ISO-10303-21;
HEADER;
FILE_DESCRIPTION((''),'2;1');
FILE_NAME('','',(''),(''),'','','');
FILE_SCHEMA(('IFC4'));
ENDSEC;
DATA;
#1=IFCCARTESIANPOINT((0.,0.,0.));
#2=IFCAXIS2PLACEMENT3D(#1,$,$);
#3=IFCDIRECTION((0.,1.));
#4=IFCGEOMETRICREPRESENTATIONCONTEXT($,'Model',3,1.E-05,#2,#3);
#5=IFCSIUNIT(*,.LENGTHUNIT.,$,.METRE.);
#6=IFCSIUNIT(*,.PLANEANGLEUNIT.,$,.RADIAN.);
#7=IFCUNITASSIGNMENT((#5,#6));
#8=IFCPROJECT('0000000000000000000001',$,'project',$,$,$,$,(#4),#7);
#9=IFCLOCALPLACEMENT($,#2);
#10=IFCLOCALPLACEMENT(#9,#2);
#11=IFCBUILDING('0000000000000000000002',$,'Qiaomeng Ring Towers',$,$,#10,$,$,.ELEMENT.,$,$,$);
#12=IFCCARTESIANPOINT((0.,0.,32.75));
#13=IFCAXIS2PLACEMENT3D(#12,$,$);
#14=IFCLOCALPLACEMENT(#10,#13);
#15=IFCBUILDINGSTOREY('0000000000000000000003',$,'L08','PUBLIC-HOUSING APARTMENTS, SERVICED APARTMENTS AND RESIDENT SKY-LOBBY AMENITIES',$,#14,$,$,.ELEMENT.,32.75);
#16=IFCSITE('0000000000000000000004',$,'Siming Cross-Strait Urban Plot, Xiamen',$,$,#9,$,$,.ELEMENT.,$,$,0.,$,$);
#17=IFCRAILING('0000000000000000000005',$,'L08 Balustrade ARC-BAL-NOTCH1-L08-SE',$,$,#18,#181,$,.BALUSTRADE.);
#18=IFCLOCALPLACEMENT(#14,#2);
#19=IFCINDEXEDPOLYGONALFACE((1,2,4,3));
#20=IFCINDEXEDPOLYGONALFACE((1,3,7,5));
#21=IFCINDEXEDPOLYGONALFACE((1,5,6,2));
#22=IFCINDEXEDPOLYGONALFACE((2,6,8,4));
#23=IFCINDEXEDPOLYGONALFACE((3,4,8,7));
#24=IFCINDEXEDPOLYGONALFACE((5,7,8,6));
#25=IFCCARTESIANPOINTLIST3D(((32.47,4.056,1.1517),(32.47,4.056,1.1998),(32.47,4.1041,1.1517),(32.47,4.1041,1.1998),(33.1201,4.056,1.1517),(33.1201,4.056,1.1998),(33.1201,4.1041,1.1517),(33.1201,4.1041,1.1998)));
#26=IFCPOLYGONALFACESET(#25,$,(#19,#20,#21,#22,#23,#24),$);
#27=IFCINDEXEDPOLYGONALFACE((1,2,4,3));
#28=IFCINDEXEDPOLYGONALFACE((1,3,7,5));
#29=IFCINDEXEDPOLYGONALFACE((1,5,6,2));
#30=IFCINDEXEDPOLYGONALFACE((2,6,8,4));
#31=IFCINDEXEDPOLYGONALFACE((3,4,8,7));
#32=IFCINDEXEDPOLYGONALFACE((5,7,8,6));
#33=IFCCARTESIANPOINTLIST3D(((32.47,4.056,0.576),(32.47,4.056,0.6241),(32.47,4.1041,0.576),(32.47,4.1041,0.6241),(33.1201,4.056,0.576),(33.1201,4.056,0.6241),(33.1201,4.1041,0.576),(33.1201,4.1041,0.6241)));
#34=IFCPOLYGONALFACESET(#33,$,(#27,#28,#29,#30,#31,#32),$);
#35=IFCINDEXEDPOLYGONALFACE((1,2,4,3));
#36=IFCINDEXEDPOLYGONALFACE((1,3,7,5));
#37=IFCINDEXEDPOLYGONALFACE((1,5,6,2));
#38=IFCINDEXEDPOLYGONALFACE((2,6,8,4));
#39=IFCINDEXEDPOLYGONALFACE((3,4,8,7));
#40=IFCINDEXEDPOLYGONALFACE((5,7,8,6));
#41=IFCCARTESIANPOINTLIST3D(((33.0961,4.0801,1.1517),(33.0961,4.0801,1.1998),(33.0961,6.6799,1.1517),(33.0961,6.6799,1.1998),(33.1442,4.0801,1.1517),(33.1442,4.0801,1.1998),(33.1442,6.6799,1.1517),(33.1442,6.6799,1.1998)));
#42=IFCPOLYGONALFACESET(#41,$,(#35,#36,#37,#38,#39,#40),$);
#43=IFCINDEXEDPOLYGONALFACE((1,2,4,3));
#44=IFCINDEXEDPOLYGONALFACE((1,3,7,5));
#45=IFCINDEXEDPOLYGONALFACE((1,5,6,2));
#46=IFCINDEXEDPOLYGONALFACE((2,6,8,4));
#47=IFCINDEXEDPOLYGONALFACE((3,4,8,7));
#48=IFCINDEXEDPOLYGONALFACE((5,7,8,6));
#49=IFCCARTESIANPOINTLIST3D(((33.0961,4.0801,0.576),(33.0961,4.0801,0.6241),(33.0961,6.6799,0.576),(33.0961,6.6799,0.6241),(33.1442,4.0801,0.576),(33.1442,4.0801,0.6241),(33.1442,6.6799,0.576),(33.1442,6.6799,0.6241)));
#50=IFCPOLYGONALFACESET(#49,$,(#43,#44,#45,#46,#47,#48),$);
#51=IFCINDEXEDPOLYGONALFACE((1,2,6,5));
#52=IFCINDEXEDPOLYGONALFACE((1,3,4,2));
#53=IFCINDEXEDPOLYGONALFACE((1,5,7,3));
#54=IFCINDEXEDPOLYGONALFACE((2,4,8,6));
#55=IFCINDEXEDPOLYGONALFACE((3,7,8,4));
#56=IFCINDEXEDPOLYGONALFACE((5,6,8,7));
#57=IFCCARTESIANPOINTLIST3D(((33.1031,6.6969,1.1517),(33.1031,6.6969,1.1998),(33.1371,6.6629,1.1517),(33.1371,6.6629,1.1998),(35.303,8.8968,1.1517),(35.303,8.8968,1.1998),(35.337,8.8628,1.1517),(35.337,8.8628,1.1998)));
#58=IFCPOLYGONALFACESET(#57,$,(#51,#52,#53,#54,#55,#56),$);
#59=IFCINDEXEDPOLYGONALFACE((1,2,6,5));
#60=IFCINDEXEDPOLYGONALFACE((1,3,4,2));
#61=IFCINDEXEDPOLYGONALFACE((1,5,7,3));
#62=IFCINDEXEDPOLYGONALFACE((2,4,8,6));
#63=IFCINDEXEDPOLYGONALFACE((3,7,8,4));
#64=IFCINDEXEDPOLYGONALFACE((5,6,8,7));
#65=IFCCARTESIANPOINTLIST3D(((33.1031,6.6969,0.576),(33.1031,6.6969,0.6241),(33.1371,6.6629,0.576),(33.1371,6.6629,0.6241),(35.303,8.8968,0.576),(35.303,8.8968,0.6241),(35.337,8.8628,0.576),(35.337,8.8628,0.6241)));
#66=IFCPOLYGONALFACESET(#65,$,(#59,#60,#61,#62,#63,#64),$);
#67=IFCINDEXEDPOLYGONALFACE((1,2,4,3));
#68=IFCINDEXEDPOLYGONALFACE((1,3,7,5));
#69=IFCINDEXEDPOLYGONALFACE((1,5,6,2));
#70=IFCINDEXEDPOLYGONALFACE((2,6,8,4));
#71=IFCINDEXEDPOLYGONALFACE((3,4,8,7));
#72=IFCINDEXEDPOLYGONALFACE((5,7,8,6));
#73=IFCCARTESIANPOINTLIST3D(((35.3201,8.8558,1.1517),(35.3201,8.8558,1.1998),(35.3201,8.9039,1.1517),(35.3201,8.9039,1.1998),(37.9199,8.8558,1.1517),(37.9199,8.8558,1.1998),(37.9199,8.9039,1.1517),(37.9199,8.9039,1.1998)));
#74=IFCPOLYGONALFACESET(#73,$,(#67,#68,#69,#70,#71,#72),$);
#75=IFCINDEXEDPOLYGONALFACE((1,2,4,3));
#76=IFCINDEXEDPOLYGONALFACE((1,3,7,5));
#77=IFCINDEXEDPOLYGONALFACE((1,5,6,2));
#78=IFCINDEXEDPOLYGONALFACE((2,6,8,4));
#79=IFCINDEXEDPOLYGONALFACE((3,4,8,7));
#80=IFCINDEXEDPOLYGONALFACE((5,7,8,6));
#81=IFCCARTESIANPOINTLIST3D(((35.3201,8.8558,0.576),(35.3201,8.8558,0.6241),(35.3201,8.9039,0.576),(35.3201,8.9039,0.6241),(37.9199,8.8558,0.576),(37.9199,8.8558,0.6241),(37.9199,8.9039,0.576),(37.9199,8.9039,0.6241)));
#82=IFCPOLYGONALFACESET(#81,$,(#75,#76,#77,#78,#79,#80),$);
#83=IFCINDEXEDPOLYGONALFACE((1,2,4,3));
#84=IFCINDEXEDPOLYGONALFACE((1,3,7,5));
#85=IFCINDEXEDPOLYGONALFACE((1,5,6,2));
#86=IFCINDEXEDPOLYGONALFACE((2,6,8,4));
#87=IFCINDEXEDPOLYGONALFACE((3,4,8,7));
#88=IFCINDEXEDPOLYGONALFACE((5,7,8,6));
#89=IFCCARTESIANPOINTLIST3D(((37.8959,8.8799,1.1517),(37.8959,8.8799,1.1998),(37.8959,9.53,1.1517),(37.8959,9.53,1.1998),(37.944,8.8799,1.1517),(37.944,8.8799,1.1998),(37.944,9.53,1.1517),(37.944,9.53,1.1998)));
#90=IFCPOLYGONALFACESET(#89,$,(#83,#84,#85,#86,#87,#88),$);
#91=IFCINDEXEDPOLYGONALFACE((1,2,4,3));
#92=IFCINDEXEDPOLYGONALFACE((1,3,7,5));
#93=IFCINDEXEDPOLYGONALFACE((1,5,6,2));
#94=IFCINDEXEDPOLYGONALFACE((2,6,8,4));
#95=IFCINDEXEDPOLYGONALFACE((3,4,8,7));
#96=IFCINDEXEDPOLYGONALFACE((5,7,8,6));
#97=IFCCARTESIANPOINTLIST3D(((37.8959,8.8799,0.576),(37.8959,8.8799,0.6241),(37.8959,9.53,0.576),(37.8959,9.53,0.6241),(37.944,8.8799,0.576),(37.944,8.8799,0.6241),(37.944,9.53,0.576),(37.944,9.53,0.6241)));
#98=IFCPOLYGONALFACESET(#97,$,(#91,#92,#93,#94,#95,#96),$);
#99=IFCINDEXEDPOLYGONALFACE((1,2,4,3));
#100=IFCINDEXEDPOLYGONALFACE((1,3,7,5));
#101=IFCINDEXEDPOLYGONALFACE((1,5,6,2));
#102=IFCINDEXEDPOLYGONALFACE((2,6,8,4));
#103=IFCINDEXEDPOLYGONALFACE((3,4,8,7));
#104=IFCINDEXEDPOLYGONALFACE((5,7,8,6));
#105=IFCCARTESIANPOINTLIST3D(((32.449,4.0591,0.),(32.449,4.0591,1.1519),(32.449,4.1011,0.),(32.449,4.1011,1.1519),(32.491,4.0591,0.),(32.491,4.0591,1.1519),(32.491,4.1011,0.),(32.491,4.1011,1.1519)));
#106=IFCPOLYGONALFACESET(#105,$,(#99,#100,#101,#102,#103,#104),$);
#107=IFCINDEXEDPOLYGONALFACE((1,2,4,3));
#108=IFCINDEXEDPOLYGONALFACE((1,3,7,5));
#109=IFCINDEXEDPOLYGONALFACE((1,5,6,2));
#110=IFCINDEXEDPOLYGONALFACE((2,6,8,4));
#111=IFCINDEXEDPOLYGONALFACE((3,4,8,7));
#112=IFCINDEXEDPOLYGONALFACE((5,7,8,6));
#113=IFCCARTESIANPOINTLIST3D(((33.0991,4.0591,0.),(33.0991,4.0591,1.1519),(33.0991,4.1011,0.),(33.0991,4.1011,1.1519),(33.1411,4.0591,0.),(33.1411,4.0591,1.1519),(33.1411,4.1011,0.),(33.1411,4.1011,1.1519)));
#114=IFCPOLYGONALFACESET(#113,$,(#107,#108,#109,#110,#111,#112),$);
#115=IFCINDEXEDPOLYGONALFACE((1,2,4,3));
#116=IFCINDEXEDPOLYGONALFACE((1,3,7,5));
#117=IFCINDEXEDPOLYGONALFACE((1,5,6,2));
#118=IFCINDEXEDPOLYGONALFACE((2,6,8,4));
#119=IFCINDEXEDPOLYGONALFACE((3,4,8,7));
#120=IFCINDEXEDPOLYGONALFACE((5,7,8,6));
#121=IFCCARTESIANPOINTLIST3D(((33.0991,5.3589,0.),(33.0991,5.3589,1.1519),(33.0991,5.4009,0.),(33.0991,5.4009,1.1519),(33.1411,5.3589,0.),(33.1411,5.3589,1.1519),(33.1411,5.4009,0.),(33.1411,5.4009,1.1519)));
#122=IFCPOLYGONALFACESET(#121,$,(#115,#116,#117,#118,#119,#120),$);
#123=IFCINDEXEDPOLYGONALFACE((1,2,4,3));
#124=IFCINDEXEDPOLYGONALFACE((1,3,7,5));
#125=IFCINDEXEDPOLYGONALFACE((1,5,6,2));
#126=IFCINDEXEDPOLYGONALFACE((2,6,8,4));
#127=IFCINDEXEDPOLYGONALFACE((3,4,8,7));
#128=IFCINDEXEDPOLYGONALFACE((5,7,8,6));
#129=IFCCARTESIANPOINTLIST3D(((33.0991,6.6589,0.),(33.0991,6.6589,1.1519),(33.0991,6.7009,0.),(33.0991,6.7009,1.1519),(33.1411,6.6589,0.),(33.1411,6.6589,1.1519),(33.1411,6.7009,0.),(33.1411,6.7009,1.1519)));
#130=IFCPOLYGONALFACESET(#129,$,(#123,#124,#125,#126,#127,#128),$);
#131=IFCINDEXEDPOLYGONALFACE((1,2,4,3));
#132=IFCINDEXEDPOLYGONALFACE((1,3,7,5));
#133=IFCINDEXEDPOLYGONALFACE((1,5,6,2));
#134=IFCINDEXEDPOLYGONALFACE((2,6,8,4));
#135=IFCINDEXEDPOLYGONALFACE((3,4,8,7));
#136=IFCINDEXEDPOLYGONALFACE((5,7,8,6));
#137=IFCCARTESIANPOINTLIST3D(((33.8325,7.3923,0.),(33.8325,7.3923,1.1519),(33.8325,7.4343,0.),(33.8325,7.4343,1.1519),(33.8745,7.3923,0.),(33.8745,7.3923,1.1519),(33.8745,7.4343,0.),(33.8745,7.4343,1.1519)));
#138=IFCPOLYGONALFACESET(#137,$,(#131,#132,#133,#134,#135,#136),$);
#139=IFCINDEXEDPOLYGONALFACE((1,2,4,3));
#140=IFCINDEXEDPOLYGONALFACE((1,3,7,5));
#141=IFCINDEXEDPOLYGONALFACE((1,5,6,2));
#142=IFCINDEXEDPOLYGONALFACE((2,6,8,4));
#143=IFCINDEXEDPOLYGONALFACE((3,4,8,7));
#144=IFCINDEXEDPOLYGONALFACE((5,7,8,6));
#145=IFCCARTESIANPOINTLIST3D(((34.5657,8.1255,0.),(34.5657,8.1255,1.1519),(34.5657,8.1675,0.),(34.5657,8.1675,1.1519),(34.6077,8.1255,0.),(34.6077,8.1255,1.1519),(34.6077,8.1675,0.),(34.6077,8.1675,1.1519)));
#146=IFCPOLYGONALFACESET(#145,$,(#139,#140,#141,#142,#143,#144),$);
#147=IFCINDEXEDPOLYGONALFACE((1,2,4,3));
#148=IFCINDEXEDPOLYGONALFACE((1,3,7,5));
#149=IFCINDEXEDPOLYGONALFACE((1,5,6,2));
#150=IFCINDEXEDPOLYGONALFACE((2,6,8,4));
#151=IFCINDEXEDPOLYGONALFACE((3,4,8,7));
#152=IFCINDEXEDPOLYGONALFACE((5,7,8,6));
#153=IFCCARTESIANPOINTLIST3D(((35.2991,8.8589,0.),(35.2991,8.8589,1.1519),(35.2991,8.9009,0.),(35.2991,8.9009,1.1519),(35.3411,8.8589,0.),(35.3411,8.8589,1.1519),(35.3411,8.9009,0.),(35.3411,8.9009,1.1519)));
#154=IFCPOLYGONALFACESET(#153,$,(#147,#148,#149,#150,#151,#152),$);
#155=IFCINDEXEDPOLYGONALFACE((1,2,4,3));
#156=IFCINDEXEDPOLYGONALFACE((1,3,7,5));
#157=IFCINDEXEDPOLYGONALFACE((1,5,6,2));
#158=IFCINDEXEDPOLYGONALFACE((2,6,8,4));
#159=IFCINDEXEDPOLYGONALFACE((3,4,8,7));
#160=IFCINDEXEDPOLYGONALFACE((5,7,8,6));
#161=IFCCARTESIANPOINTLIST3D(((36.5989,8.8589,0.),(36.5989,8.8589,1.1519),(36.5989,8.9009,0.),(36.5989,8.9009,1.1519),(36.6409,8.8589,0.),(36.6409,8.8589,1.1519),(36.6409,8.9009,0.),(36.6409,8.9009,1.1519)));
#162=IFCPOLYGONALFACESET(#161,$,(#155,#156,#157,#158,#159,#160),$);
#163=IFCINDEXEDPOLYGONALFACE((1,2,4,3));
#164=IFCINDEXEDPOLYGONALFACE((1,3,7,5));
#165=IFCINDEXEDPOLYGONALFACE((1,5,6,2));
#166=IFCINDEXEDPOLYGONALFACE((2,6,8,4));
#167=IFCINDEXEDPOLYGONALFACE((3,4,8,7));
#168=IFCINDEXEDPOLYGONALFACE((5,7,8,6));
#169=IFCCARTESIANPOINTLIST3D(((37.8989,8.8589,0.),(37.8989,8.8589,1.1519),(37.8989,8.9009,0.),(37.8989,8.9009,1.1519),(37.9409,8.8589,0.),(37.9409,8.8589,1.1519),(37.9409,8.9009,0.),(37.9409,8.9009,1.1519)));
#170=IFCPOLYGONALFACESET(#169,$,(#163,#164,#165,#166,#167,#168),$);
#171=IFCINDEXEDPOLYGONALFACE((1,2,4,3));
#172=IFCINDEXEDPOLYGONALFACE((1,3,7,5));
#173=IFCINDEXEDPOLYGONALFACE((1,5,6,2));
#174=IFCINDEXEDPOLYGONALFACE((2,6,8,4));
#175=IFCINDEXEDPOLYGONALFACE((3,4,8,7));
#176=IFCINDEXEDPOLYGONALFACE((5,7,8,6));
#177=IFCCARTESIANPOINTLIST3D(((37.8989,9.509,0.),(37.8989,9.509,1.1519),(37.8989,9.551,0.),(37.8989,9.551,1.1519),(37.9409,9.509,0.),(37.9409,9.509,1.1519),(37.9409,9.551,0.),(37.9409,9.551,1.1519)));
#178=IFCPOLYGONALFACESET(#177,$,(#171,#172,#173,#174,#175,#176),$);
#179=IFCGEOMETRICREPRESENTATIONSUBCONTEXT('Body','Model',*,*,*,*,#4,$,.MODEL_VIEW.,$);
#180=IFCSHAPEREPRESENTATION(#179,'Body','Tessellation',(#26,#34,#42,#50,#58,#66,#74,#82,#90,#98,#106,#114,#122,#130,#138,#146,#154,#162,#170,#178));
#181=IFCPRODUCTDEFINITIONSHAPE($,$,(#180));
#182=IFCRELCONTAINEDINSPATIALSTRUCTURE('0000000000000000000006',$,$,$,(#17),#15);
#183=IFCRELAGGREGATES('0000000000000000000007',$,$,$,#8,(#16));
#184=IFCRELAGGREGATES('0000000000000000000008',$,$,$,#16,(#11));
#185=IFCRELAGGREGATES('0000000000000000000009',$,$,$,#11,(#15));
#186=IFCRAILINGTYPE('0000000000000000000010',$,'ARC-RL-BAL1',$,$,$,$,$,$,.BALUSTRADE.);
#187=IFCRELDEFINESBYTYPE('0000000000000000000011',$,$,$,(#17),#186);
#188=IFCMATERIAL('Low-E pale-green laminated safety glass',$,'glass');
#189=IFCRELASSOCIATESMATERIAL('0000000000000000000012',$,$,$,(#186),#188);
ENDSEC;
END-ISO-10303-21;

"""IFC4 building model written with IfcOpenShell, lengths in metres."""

from ifc_helpers import new_model, si_unit, direction, frame, origin, origin_2d, place, context, subcontext, project, spatial, rectangle, extrude, material, type_object, element, save


model = new_model("IFC4")

# Units and contexts
model_context = context("Model", 3, precision=1e-05, world=origin(), true_north=direction((0.0, 1.0)))
body_context = subcontext(model_context, "Body", "Model", "MODEL_VIEW")
ifc_project = project(units=[si_unit("LENGTHUNIT", "METRE"), si_unit("PLANEANGLEUNIT", "RADIAN")], contexts=[model_context])

# Site, building, storey
site_placement = place(None, origin())
site = spatial("IfcSite", under=ifc_project, at=site_placement, Name="Siming Cross-Strait Urban Plot, Xiamen", CompositionType="ELEMENT", RefElevation=0.0)
building_placement = place(site_placement, origin())
building = spatial("IfcBuilding", under=site, at=building_placement, Name="Qiaomeng Ring Towers", CompositionType="ELEMENT")
storey_placement = place(building_placement, frame((0.0, 0.0, 32.75)))
storey = spatial("IfcBuildingStorey", under=building, at=storey_placement, Name="L08", Description="PUBLIC-HOUSING APARTMENTS, SERVICED APARTMENTS AND RESIDENT SKY-LOBBY AMENITIES", CompositionType="ELEMENT", Elevation=32.75)

# Railing
ifc_material_1 = material(Name="Low-E pale-green laminated safety glass", Category="glass")
railing_type = type_object("IfcRailingType", Name="ARC-RL-BAL1", PredefinedType="BALUSTRADE", material=ifc_material_1)
railing_placement = place(storey_placement, frame((32.47, 4.0801, 0.0)))
element("IfcRailing", 1, at=railing_placement, inside=storey, type_object=railing_type, Name="L08 Balustrade ARC-BAL-NOTCH1-L08-SE", PredefinedType="BALUSTRADE", context=body_context, shape_type="SweptSolid", body=[
    extrude(rectangle(XDim=0.0481, YDim=0.0481, at=origin_2d()), frame((0.0, 0.0, 1.1758), z_axis=(1.0, 0.0, 0.0), x_axis=(0.0, 1.0, 0.0)), (0.0, 0.0, 1.0), 0.6501),
    extrude(rectangle(XDim=0.0481, YDim=0.0481, at=origin_2d()), frame((0.0, 0.0, 0.6001), z_axis=(1.0, 0.0, 0.0), x_axis=(0.0, 1.0, 0.0)), (0.0, 0.0, 1.0), 0.6501),
    extrude(rectangle(XDim=0.0481, YDim=0.0481, at=origin_2d()), frame((0.6501, 0.0, 1.1758), z_axis=(0.0, 1.0, 0.0), x_axis=(-1.0, 0.0, 0.0)), (0.0, 0.0, 1.0), 2.5999),
    extrude(rectangle(XDim=0.0481, YDim=0.0481, at=origin_2d()), frame((0.6501, 0.0, 0.6001), z_axis=(0.0, 1.0, 0.0), x_axis=(-1.0, 0.0, 0.0)), (0.0, 0.0, 1.0), 2.5999),
    extrude(rectangle(XDim=0.0481, YDim=0.0481, at=origin_2d()), frame((0.6501, 2.5999, 1.1758), z_axis=(0.707107, 0.707107, 0.0), x_axis=(-0.707107, 0.707107, 0.0)), (0.0, 0.0, 1.0), 3.1111),
    extrude(rectangle(XDim=0.0481, YDim=0.0481, at=origin_2d()), frame((0.6501, 2.5999, 0.6001), z_axis=(0.707107, 0.707107, 0.0), x_axis=(-0.707107, 0.707107, 0.0)), (0.0, 0.0, 1.0), 3.1111),
    extrude(rectangle(XDim=0.0481, YDim=0.0481, at=origin_2d()), frame((2.8501, 4.7998, 1.1758), z_axis=(1.0, 0.0, 0.0), x_axis=(0.0, 1.0, 0.0)), (0.0, 0.0, 1.0), 2.5999),
    extrude(rectangle(XDim=0.0481, YDim=0.0481, at=origin_2d()), frame((2.8501, 4.7998, 0.6001), z_axis=(1.0, 0.0, 0.0), x_axis=(0.0, 1.0, 0.0)), (0.0, 0.0, 1.0), 2.5999),
    extrude(rectangle(XDim=0.0481, YDim=0.0481, at=origin_2d()), frame((5.45, 4.7998, 1.1758), z_axis=(0.0, 1.0, 0.0), x_axis=(-1.0, 0.0, 0.0)), (0.0, 0.0, 1.0), 0.6501),
    extrude(rectangle(XDim=0.0481, YDim=0.0481, at=origin_2d()), frame((5.45, 4.7998, 0.6001), z_axis=(0.0, 1.0, 0.0), x_axis=(-1.0, 0.0, 0.0)), (0.0, 0.0, 1.0), 0.6501),
    extrude(rectangle(XDim=0.042, YDim=0.042, at=origin_2d()), origin(), (0.0, 0.0, 1.0), 1.1519),
    extrude(rectangle(XDim=0.042, YDim=0.042, at=origin_2d()), frame((0.6501, 0.0, 0.0)), (0.0, 0.0, 1.0), 1.1519),
    extrude(rectangle(XDim=0.042, YDim=0.042, at=origin_2d()), frame((0.6501, 1.2998, 0.0)), (0.0, 0.0, 1.0), 1.1519),
    extrude(rectangle(XDim=0.042, YDim=0.042, at=origin_2d()), frame((0.6501, 2.5999, 0.0)), (0.0, 0.0, 1.0), 1.1519),
    extrude(rectangle(XDim=0.042, YDim=0.042, at=origin_2d()), frame((1.3835, 3.3333, 0.0)), (0.0, 0.0, 1.0), 1.1519),
    extrude(rectangle(XDim=0.042, YDim=0.042, at=origin_2d()), frame((2.1167, 4.0664, 0.0)), (0.0, 0.0, 1.0), 1.1519),
    extrude(rectangle(XDim=0.042, YDim=0.042, at=origin_2d()), frame((2.8501, 4.7998, 0.0)), (0.0, 0.0, 1.0), 1.1519),
    extrude(rectangle(XDim=0.042, YDim=0.042, at=origin_2d()), frame((4.1499, 4.7998, 0.0)), (0.0, 0.0, 1.0), 1.1519),
    extrude(rectangle(XDim=0.042, YDim=0.042, at=origin_2d()), frame((5.45, 4.7998, 0.0)), (0.0, 0.0, 1.0), 1.1519),
    extrude(rectangle(XDim=0.042, YDim=0.042, at=origin_2d()), frame((5.45, 5.45, 0.0)), (0.0, 0.0, 1.0), 1.1519),
])

save(model, "model.ifc")
